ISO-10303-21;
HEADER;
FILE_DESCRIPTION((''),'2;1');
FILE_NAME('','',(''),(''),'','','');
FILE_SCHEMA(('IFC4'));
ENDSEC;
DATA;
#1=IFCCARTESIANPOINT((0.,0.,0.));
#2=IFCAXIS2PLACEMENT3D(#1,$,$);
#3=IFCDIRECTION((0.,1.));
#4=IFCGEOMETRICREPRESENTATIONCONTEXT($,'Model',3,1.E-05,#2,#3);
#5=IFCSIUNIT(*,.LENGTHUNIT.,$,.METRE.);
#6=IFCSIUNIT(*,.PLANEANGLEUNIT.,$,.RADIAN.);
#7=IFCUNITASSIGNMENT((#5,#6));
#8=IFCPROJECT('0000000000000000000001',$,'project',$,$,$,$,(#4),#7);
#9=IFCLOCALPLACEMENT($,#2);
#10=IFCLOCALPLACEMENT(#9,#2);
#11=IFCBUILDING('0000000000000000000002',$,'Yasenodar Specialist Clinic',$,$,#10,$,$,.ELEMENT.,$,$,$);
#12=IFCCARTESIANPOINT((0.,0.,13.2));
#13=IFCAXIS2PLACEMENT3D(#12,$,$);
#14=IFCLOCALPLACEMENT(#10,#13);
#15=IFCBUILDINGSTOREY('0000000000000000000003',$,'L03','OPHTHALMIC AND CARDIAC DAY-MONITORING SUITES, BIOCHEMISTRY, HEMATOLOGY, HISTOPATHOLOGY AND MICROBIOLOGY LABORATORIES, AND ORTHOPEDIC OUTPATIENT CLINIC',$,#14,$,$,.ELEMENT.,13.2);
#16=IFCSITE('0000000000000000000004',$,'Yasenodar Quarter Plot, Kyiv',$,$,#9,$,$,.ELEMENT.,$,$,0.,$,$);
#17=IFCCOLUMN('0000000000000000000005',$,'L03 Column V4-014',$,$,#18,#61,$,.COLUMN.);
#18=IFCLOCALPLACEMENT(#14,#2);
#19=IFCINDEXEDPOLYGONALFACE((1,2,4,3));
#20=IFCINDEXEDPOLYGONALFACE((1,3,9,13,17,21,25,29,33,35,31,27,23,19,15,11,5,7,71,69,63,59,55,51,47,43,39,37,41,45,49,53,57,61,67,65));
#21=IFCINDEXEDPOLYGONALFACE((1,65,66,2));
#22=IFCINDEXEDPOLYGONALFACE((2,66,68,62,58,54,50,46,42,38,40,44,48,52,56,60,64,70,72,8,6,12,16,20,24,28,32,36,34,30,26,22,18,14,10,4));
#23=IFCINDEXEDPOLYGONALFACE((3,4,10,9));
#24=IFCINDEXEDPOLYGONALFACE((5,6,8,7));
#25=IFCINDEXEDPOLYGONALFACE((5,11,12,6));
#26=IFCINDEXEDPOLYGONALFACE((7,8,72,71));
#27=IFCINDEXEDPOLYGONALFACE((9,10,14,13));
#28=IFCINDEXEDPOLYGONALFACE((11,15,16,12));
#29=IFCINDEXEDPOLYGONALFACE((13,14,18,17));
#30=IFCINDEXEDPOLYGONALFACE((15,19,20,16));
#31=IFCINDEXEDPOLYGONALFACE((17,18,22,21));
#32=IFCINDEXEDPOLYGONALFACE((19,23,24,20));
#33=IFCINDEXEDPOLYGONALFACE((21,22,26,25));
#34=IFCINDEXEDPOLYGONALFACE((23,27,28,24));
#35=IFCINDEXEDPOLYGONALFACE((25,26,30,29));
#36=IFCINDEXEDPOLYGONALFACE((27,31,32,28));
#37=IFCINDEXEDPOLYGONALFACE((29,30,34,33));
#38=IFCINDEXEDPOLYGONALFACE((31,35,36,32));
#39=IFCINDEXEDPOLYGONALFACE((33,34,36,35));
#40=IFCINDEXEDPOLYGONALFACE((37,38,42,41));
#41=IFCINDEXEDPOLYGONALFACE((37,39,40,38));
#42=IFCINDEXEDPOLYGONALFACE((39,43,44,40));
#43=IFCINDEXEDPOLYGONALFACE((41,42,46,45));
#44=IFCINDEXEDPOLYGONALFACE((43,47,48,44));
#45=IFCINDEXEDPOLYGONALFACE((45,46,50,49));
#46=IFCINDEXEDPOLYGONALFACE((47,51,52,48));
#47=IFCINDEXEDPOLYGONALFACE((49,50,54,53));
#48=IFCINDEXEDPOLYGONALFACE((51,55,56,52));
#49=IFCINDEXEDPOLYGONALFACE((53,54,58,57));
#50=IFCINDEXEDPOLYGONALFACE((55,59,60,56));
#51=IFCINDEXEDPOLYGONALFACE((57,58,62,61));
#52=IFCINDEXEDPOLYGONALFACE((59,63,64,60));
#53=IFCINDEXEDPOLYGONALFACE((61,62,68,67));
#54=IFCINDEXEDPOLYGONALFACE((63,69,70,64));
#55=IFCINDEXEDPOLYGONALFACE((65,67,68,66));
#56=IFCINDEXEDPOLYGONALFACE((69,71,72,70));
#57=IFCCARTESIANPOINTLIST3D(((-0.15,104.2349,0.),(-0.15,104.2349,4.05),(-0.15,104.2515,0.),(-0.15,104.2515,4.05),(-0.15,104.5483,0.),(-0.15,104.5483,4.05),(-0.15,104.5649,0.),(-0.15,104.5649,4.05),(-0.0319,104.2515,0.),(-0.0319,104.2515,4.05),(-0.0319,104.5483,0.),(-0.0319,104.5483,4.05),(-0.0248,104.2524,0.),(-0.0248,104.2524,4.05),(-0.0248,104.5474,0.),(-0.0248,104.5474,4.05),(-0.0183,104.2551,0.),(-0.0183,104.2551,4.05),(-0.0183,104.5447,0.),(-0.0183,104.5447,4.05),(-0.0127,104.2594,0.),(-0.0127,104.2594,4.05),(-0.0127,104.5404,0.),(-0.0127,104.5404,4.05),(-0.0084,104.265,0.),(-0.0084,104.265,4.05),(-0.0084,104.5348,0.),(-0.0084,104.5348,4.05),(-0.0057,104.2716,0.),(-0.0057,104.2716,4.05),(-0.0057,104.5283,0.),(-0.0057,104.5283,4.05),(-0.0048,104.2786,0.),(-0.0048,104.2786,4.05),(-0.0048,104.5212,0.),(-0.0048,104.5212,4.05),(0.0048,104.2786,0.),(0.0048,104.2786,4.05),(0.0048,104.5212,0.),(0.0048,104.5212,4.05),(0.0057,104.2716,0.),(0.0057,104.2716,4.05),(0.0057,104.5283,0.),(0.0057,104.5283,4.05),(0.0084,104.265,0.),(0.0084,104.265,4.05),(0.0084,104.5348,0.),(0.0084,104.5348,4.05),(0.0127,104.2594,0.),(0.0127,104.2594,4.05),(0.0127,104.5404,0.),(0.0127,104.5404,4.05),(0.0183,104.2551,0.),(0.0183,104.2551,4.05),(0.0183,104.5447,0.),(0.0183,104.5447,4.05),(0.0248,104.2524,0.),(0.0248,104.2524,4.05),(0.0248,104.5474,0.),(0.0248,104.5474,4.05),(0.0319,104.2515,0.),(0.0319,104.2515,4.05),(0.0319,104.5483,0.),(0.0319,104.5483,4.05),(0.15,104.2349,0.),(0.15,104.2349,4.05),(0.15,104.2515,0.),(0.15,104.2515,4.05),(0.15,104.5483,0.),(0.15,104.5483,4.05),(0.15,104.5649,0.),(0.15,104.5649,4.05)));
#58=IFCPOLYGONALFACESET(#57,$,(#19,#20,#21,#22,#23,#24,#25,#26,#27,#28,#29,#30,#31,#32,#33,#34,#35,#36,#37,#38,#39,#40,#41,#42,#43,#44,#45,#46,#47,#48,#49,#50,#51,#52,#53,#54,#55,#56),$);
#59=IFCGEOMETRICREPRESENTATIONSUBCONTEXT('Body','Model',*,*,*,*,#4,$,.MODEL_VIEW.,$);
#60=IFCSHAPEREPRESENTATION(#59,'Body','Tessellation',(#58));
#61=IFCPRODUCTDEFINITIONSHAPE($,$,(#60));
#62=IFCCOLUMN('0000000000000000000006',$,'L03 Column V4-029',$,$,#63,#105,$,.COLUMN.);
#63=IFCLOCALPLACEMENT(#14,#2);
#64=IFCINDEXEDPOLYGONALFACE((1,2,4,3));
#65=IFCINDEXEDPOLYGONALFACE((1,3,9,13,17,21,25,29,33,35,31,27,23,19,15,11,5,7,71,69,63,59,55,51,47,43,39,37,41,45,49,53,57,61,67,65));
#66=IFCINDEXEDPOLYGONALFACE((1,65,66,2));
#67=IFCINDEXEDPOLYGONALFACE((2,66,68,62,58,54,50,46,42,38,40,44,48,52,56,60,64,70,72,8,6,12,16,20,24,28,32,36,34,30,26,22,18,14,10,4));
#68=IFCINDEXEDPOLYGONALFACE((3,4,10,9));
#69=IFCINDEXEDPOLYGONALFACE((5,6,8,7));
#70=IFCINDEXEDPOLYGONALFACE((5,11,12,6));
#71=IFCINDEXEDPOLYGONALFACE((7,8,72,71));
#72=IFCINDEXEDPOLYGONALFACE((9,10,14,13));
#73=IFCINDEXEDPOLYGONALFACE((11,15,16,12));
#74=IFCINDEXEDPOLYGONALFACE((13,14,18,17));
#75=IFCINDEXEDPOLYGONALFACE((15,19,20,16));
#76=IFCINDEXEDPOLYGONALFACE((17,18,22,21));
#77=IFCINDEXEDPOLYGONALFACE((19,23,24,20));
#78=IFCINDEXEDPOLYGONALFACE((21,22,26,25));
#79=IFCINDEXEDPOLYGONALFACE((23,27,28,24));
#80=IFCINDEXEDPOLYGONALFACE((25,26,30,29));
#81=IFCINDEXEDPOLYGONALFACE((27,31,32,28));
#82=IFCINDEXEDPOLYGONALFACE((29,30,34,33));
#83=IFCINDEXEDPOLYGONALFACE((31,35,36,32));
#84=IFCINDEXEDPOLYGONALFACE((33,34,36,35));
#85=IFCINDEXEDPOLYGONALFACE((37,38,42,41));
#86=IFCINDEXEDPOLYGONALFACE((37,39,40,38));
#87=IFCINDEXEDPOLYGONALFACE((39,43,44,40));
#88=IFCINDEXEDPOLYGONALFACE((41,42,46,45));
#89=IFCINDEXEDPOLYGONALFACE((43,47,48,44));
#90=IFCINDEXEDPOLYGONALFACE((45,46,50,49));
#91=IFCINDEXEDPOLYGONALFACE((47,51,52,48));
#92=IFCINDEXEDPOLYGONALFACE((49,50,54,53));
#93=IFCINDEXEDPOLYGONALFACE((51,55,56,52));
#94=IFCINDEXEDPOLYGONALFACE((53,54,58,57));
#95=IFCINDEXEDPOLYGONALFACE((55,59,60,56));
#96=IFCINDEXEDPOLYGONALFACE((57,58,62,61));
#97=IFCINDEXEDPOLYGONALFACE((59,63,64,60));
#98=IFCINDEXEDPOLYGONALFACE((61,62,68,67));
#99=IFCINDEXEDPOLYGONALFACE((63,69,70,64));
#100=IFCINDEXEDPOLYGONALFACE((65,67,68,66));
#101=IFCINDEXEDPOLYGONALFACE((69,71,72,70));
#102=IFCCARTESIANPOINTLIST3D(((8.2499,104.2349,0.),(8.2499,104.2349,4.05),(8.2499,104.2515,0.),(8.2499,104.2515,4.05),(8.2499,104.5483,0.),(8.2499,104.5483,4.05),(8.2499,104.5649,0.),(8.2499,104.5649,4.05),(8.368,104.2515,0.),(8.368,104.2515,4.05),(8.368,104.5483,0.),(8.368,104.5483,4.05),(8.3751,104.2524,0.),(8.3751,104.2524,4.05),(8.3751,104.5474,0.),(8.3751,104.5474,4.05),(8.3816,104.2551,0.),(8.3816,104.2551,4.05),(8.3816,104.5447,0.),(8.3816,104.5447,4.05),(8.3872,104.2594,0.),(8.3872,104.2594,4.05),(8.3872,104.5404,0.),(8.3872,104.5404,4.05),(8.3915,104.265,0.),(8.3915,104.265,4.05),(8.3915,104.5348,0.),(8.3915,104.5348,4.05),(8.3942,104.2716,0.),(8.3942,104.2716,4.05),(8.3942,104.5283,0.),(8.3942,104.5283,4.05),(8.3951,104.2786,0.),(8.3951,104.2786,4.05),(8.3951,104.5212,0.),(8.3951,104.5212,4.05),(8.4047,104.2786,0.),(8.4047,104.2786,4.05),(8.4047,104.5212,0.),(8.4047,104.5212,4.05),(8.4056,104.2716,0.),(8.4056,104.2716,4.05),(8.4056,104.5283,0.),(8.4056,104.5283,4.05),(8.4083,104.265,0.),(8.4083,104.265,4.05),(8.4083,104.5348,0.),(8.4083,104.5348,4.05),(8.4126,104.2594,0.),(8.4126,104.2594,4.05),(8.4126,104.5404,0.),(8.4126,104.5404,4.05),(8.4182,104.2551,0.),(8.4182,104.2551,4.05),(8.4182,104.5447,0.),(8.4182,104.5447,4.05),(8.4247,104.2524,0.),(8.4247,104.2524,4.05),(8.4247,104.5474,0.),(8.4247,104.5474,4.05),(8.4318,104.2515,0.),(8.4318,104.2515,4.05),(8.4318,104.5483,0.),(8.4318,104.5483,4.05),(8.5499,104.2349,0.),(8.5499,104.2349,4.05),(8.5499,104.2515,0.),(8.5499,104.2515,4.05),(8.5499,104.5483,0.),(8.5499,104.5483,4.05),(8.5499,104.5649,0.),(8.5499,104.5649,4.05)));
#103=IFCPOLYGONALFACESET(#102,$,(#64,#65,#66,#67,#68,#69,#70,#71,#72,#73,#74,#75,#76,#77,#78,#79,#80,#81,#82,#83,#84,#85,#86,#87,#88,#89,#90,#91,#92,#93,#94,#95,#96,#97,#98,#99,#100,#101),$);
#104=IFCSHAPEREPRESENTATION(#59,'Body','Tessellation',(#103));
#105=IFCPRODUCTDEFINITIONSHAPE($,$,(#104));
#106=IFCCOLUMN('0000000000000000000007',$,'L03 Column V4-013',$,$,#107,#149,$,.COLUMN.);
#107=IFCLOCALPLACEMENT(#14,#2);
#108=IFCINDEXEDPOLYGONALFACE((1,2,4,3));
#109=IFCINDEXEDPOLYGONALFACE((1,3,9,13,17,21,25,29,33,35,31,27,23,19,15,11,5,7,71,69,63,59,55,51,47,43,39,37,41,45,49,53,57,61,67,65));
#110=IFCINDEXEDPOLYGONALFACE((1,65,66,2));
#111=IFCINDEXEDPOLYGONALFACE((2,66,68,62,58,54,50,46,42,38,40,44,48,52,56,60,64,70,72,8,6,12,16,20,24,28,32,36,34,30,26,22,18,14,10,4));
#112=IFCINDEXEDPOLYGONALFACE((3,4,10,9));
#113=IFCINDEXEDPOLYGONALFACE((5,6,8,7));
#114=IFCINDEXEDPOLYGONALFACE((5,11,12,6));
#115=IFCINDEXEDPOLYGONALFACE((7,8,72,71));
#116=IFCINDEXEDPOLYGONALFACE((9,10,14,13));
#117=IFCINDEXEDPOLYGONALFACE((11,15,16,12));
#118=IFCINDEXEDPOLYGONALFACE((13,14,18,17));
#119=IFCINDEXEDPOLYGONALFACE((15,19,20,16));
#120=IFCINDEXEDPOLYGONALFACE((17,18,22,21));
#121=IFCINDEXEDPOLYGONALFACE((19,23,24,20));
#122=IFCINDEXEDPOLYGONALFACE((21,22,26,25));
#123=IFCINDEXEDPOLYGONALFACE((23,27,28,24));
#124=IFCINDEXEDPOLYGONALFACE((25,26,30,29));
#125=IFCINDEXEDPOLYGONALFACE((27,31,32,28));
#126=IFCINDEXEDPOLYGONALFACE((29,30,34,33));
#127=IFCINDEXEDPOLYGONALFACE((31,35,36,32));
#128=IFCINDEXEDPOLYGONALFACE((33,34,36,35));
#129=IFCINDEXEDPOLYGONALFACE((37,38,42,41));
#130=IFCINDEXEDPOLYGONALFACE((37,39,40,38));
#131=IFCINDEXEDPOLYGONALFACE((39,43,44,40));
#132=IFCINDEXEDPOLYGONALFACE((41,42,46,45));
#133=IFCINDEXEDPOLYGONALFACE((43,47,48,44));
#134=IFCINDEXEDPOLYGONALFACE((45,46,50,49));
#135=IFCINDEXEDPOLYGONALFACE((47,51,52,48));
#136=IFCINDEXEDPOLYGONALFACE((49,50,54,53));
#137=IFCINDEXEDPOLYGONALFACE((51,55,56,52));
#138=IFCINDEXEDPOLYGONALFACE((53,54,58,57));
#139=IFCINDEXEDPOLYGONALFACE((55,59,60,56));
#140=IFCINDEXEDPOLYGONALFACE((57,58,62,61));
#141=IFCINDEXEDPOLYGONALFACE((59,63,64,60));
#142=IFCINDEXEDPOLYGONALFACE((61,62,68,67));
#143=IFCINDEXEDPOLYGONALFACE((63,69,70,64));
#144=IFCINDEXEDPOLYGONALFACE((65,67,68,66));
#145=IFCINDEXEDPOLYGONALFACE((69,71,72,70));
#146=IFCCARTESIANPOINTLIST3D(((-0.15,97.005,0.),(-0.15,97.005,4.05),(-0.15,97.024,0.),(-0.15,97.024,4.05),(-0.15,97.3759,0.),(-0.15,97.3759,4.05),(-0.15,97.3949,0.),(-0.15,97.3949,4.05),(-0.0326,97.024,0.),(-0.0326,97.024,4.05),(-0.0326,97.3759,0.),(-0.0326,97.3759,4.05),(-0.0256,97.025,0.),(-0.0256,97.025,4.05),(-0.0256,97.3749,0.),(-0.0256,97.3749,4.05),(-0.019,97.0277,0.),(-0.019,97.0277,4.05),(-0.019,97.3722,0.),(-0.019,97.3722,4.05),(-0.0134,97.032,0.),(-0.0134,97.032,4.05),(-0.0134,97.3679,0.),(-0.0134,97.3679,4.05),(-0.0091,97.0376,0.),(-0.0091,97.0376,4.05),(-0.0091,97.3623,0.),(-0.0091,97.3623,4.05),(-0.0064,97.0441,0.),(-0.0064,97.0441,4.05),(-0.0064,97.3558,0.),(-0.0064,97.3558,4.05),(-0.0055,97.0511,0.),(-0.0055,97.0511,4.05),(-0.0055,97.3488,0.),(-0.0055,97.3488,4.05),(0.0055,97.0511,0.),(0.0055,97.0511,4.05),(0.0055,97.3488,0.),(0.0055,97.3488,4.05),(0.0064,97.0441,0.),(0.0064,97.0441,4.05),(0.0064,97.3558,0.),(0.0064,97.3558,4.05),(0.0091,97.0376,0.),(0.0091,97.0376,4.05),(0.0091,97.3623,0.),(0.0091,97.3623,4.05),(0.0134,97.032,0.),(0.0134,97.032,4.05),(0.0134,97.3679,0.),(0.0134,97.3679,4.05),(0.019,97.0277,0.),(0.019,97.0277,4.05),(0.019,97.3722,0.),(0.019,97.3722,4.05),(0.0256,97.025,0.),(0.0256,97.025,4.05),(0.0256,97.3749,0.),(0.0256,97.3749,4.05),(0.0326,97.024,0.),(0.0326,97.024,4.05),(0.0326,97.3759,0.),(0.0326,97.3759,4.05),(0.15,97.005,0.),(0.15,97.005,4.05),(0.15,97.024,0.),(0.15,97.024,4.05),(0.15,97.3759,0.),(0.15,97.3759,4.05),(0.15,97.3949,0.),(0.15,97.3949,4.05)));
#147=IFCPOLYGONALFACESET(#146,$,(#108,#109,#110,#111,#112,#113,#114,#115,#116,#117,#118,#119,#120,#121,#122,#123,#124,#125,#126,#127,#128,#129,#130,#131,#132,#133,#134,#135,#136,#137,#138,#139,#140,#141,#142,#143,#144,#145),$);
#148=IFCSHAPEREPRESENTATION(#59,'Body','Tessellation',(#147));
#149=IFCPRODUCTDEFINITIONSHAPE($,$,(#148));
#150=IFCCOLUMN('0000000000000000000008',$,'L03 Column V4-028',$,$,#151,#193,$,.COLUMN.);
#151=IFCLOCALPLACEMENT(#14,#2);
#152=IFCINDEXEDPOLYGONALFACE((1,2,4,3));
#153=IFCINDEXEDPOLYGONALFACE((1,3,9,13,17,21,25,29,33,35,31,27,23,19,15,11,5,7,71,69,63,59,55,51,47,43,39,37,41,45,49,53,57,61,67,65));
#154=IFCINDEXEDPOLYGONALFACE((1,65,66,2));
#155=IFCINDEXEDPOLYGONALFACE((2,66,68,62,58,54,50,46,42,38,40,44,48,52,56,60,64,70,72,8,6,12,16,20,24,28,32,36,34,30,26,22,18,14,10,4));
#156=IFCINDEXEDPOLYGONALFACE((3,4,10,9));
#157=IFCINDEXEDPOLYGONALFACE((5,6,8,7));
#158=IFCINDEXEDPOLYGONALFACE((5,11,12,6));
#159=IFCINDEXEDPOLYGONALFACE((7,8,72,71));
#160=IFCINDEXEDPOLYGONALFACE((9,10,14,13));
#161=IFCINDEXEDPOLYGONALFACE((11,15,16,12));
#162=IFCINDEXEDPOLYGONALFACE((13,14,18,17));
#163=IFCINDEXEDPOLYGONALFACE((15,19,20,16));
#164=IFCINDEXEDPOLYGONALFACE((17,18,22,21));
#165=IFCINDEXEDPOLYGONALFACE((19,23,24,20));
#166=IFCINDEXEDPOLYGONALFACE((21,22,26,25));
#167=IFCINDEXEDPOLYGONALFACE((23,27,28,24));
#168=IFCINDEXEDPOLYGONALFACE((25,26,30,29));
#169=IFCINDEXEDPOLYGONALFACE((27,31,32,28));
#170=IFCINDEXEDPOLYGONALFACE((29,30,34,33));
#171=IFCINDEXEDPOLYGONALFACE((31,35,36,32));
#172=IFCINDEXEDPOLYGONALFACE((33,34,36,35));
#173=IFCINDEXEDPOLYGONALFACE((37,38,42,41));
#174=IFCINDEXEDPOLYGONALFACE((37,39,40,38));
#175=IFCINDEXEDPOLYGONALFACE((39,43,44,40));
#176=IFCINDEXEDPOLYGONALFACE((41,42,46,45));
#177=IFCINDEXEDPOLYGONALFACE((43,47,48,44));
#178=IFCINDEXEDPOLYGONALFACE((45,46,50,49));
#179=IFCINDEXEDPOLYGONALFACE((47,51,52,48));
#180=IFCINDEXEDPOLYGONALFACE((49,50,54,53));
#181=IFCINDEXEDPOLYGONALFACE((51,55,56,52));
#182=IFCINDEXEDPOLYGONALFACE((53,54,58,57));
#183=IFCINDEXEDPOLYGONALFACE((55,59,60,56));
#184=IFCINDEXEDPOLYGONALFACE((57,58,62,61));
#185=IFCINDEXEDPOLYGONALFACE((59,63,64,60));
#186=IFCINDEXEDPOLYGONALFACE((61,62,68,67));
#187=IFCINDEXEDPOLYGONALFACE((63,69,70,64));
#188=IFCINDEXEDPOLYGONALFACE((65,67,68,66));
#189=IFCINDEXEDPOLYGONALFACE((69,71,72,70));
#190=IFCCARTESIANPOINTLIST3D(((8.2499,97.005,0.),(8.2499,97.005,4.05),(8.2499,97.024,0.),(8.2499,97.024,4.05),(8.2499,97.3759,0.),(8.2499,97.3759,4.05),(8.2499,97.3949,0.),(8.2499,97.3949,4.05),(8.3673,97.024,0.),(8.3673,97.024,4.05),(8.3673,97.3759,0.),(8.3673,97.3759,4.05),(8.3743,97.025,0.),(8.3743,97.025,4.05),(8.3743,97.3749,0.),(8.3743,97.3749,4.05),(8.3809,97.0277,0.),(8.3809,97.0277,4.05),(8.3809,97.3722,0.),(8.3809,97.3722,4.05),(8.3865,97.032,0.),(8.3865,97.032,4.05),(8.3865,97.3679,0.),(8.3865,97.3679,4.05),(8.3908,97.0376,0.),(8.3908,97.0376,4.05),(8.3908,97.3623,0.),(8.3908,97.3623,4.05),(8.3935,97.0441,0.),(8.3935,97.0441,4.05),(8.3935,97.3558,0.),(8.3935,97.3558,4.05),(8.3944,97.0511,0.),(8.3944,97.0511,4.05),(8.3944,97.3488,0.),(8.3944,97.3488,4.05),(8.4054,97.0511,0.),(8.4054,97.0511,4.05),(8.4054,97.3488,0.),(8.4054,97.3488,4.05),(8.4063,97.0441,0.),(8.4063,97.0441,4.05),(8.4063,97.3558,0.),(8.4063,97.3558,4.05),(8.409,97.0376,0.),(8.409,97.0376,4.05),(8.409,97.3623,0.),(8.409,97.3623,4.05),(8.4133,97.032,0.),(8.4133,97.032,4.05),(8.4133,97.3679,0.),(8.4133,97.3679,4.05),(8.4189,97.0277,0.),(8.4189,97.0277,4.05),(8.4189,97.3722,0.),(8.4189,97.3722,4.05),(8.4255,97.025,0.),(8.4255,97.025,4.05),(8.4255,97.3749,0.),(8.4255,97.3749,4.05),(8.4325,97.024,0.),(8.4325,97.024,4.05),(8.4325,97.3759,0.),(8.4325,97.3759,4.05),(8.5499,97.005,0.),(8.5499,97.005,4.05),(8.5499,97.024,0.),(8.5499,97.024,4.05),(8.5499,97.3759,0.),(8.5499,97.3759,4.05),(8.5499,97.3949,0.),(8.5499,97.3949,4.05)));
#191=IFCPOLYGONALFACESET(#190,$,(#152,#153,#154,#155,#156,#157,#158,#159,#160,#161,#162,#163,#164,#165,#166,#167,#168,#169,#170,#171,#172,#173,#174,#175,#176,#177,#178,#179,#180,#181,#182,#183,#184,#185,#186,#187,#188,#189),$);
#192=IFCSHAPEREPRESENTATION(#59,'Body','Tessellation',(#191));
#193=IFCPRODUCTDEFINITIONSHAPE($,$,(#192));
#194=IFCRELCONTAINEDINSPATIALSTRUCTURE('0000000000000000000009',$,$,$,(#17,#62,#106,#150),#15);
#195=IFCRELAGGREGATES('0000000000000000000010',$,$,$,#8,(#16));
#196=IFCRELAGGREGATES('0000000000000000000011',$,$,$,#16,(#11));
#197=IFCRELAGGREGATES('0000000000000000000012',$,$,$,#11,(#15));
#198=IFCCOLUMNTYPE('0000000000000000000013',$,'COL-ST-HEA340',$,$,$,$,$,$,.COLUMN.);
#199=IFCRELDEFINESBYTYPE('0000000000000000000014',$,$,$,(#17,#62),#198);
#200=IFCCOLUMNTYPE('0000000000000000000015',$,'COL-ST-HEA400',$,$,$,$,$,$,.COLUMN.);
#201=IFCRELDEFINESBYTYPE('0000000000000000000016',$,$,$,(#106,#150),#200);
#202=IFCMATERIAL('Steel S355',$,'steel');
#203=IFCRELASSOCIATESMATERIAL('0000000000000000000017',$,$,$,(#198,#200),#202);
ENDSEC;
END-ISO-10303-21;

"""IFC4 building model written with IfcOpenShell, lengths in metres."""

from ifc_helpers import new_model, si_unit, direction, frame, origin, origin_2d, place, context, subcontext, project, spatial, i_section, extrude, material, material_profile, profile_set, type_object, element, save


model = new_model("IFC4")

# Units and contexts
model_context = context("Model", 3, precision=1e-05, world=origin(), true_north=direction((0.0, 1.0)))
body_context = subcontext(model_context, "Body", "Model", "MODEL_VIEW")
ifc_project = project(units=[si_unit("LENGTHUNIT", "METRE"), si_unit("PLANEANGLEUNIT", "RADIAN")], contexts=[model_context])

# Site, building, storey
site_placement = place(None, origin())
site = spatial("IfcSite", under=ifc_project, at=site_placement, Name="Yasenodar Quarter Plot, Kyiv", CompositionType="ELEMENT", RefElevation=0.0)
building_placement = place(site_placement, origin())
building = spatial("IfcBuilding", under=site, at=building_placement, Name="Yasenodar Specialist Clinic", CompositionType="ELEMENT")
storey_placement = place(building_placement, frame((0.0, 0.0, 13.2)))
storey = spatial("IfcBuildingStorey", under=building, at=storey_placement, Name="L03", Description="OPHTHALMIC AND CARDIAC DAY-MONITORING SUITES, BIOCHEMISTRY, HEMATOLOGY, HISTOPATHOLOGY AND MICROBIOLOGY LABORATORIES, AND ORTHOPEDIC OUTPATIENT CLINIC", CompositionType="ELEMENT", Elevation=13.2)

# Columns
ifc_material_1 = material(Name="Steel S355", Category="steel")
ifc_material_profile_1 = material_profile(ifc_material_1, i_section(OverallWidth=0.3, OverallDepth=0.3301, WebThickness=0.0095, FlangeThickness=0.0166, FilletRadius=0.0271, at=origin_2d()), Name="HEA 340")
ifc_profile_set_1 = profile_set([ifc_material_profile_1], Name="Steel S355")
column_type_1 = type_object("IfcColumnType", Name="COL-ST-HEA340", PredefinedType="COLUMN", material=ifc_profile_set_1)
for number, where, z_axis, x_axis, name in (
    (1, (0.0, 104.3999, 0.0), (0.0, 0.0, 1.0), (1.0, 0.0, 0.0), "L03 Column V4-014"),
    (2, (8.3999, 104.3999, 0.0), (0.0, 0.0, 1.0), (1.0, 0.0, 0.0), "L03 Column V4-029"),
):
    element("IfcColumn", number, at=place(storey_placement, frame(where, z_axis=z_axis, x_axis=x_axis)), inside=storey, type_object=column_type_1, Name=name, PredefinedType="COLUMN", context=body_context, shape_type="SweptSolid", body=[
        extrude(i_section(OverallWidth=0.3, OverallDepth=0.3301, WebThickness=0.0095, FlangeThickness=0.0166, FilletRadius=0.0271, at=origin_2d()), origin(), (0.0, 0.0, 1.0), 4.05),
    ])
ifc_material_profile_2 = material_profile(ifc_material_1, i_section(OverallWidth=0.3, OverallDepth=0.3899, WebThickness=0.011, FlangeThickness=0.019, FilletRadius=0.0271, at=origin_2d()), Name="HEA 400")
ifc_profile_set_2 = profile_set([ifc_material_profile_2], Name="Steel S355")
column_type_2 = type_object("IfcColumnType", Name="COL-ST-HEA400", PredefinedType="COLUMN", material=ifc_profile_set_2)
for number, where, z_axis, x_axis, name in (
    (3, (0.0, 97.2, 0.0), (0.0, 0.0, 1.0), (1.0, 0.0, 0.0), "L03 Column V4-013"),
    (4, (8.3999, 97.2, 0.0), (0.0, 0.0, 1.0), (1.0, 0.0, 0.0), "L03 Column V4-028"),
):
    element("IfcColumn", number, at=place(storey_placement, frame(where, z_axis=z_axis, x_axis=x_axis)), inside=storey, type_object=column_type_2, Name=name, PredefinedType="COLUMN", context=body_context, shape_type="SweptSolid", body=[
        extrude(i_section(OverallWidth=0.3, OverallDepth=0.3899, WebThickness=0.011, FlangeThickness=0.019, FilletRadius=0.0271, at=origin_2d()), origin(), (0.0, 0.0, 1.0), 4.05),
    ])

save(model, "model.ifc")
